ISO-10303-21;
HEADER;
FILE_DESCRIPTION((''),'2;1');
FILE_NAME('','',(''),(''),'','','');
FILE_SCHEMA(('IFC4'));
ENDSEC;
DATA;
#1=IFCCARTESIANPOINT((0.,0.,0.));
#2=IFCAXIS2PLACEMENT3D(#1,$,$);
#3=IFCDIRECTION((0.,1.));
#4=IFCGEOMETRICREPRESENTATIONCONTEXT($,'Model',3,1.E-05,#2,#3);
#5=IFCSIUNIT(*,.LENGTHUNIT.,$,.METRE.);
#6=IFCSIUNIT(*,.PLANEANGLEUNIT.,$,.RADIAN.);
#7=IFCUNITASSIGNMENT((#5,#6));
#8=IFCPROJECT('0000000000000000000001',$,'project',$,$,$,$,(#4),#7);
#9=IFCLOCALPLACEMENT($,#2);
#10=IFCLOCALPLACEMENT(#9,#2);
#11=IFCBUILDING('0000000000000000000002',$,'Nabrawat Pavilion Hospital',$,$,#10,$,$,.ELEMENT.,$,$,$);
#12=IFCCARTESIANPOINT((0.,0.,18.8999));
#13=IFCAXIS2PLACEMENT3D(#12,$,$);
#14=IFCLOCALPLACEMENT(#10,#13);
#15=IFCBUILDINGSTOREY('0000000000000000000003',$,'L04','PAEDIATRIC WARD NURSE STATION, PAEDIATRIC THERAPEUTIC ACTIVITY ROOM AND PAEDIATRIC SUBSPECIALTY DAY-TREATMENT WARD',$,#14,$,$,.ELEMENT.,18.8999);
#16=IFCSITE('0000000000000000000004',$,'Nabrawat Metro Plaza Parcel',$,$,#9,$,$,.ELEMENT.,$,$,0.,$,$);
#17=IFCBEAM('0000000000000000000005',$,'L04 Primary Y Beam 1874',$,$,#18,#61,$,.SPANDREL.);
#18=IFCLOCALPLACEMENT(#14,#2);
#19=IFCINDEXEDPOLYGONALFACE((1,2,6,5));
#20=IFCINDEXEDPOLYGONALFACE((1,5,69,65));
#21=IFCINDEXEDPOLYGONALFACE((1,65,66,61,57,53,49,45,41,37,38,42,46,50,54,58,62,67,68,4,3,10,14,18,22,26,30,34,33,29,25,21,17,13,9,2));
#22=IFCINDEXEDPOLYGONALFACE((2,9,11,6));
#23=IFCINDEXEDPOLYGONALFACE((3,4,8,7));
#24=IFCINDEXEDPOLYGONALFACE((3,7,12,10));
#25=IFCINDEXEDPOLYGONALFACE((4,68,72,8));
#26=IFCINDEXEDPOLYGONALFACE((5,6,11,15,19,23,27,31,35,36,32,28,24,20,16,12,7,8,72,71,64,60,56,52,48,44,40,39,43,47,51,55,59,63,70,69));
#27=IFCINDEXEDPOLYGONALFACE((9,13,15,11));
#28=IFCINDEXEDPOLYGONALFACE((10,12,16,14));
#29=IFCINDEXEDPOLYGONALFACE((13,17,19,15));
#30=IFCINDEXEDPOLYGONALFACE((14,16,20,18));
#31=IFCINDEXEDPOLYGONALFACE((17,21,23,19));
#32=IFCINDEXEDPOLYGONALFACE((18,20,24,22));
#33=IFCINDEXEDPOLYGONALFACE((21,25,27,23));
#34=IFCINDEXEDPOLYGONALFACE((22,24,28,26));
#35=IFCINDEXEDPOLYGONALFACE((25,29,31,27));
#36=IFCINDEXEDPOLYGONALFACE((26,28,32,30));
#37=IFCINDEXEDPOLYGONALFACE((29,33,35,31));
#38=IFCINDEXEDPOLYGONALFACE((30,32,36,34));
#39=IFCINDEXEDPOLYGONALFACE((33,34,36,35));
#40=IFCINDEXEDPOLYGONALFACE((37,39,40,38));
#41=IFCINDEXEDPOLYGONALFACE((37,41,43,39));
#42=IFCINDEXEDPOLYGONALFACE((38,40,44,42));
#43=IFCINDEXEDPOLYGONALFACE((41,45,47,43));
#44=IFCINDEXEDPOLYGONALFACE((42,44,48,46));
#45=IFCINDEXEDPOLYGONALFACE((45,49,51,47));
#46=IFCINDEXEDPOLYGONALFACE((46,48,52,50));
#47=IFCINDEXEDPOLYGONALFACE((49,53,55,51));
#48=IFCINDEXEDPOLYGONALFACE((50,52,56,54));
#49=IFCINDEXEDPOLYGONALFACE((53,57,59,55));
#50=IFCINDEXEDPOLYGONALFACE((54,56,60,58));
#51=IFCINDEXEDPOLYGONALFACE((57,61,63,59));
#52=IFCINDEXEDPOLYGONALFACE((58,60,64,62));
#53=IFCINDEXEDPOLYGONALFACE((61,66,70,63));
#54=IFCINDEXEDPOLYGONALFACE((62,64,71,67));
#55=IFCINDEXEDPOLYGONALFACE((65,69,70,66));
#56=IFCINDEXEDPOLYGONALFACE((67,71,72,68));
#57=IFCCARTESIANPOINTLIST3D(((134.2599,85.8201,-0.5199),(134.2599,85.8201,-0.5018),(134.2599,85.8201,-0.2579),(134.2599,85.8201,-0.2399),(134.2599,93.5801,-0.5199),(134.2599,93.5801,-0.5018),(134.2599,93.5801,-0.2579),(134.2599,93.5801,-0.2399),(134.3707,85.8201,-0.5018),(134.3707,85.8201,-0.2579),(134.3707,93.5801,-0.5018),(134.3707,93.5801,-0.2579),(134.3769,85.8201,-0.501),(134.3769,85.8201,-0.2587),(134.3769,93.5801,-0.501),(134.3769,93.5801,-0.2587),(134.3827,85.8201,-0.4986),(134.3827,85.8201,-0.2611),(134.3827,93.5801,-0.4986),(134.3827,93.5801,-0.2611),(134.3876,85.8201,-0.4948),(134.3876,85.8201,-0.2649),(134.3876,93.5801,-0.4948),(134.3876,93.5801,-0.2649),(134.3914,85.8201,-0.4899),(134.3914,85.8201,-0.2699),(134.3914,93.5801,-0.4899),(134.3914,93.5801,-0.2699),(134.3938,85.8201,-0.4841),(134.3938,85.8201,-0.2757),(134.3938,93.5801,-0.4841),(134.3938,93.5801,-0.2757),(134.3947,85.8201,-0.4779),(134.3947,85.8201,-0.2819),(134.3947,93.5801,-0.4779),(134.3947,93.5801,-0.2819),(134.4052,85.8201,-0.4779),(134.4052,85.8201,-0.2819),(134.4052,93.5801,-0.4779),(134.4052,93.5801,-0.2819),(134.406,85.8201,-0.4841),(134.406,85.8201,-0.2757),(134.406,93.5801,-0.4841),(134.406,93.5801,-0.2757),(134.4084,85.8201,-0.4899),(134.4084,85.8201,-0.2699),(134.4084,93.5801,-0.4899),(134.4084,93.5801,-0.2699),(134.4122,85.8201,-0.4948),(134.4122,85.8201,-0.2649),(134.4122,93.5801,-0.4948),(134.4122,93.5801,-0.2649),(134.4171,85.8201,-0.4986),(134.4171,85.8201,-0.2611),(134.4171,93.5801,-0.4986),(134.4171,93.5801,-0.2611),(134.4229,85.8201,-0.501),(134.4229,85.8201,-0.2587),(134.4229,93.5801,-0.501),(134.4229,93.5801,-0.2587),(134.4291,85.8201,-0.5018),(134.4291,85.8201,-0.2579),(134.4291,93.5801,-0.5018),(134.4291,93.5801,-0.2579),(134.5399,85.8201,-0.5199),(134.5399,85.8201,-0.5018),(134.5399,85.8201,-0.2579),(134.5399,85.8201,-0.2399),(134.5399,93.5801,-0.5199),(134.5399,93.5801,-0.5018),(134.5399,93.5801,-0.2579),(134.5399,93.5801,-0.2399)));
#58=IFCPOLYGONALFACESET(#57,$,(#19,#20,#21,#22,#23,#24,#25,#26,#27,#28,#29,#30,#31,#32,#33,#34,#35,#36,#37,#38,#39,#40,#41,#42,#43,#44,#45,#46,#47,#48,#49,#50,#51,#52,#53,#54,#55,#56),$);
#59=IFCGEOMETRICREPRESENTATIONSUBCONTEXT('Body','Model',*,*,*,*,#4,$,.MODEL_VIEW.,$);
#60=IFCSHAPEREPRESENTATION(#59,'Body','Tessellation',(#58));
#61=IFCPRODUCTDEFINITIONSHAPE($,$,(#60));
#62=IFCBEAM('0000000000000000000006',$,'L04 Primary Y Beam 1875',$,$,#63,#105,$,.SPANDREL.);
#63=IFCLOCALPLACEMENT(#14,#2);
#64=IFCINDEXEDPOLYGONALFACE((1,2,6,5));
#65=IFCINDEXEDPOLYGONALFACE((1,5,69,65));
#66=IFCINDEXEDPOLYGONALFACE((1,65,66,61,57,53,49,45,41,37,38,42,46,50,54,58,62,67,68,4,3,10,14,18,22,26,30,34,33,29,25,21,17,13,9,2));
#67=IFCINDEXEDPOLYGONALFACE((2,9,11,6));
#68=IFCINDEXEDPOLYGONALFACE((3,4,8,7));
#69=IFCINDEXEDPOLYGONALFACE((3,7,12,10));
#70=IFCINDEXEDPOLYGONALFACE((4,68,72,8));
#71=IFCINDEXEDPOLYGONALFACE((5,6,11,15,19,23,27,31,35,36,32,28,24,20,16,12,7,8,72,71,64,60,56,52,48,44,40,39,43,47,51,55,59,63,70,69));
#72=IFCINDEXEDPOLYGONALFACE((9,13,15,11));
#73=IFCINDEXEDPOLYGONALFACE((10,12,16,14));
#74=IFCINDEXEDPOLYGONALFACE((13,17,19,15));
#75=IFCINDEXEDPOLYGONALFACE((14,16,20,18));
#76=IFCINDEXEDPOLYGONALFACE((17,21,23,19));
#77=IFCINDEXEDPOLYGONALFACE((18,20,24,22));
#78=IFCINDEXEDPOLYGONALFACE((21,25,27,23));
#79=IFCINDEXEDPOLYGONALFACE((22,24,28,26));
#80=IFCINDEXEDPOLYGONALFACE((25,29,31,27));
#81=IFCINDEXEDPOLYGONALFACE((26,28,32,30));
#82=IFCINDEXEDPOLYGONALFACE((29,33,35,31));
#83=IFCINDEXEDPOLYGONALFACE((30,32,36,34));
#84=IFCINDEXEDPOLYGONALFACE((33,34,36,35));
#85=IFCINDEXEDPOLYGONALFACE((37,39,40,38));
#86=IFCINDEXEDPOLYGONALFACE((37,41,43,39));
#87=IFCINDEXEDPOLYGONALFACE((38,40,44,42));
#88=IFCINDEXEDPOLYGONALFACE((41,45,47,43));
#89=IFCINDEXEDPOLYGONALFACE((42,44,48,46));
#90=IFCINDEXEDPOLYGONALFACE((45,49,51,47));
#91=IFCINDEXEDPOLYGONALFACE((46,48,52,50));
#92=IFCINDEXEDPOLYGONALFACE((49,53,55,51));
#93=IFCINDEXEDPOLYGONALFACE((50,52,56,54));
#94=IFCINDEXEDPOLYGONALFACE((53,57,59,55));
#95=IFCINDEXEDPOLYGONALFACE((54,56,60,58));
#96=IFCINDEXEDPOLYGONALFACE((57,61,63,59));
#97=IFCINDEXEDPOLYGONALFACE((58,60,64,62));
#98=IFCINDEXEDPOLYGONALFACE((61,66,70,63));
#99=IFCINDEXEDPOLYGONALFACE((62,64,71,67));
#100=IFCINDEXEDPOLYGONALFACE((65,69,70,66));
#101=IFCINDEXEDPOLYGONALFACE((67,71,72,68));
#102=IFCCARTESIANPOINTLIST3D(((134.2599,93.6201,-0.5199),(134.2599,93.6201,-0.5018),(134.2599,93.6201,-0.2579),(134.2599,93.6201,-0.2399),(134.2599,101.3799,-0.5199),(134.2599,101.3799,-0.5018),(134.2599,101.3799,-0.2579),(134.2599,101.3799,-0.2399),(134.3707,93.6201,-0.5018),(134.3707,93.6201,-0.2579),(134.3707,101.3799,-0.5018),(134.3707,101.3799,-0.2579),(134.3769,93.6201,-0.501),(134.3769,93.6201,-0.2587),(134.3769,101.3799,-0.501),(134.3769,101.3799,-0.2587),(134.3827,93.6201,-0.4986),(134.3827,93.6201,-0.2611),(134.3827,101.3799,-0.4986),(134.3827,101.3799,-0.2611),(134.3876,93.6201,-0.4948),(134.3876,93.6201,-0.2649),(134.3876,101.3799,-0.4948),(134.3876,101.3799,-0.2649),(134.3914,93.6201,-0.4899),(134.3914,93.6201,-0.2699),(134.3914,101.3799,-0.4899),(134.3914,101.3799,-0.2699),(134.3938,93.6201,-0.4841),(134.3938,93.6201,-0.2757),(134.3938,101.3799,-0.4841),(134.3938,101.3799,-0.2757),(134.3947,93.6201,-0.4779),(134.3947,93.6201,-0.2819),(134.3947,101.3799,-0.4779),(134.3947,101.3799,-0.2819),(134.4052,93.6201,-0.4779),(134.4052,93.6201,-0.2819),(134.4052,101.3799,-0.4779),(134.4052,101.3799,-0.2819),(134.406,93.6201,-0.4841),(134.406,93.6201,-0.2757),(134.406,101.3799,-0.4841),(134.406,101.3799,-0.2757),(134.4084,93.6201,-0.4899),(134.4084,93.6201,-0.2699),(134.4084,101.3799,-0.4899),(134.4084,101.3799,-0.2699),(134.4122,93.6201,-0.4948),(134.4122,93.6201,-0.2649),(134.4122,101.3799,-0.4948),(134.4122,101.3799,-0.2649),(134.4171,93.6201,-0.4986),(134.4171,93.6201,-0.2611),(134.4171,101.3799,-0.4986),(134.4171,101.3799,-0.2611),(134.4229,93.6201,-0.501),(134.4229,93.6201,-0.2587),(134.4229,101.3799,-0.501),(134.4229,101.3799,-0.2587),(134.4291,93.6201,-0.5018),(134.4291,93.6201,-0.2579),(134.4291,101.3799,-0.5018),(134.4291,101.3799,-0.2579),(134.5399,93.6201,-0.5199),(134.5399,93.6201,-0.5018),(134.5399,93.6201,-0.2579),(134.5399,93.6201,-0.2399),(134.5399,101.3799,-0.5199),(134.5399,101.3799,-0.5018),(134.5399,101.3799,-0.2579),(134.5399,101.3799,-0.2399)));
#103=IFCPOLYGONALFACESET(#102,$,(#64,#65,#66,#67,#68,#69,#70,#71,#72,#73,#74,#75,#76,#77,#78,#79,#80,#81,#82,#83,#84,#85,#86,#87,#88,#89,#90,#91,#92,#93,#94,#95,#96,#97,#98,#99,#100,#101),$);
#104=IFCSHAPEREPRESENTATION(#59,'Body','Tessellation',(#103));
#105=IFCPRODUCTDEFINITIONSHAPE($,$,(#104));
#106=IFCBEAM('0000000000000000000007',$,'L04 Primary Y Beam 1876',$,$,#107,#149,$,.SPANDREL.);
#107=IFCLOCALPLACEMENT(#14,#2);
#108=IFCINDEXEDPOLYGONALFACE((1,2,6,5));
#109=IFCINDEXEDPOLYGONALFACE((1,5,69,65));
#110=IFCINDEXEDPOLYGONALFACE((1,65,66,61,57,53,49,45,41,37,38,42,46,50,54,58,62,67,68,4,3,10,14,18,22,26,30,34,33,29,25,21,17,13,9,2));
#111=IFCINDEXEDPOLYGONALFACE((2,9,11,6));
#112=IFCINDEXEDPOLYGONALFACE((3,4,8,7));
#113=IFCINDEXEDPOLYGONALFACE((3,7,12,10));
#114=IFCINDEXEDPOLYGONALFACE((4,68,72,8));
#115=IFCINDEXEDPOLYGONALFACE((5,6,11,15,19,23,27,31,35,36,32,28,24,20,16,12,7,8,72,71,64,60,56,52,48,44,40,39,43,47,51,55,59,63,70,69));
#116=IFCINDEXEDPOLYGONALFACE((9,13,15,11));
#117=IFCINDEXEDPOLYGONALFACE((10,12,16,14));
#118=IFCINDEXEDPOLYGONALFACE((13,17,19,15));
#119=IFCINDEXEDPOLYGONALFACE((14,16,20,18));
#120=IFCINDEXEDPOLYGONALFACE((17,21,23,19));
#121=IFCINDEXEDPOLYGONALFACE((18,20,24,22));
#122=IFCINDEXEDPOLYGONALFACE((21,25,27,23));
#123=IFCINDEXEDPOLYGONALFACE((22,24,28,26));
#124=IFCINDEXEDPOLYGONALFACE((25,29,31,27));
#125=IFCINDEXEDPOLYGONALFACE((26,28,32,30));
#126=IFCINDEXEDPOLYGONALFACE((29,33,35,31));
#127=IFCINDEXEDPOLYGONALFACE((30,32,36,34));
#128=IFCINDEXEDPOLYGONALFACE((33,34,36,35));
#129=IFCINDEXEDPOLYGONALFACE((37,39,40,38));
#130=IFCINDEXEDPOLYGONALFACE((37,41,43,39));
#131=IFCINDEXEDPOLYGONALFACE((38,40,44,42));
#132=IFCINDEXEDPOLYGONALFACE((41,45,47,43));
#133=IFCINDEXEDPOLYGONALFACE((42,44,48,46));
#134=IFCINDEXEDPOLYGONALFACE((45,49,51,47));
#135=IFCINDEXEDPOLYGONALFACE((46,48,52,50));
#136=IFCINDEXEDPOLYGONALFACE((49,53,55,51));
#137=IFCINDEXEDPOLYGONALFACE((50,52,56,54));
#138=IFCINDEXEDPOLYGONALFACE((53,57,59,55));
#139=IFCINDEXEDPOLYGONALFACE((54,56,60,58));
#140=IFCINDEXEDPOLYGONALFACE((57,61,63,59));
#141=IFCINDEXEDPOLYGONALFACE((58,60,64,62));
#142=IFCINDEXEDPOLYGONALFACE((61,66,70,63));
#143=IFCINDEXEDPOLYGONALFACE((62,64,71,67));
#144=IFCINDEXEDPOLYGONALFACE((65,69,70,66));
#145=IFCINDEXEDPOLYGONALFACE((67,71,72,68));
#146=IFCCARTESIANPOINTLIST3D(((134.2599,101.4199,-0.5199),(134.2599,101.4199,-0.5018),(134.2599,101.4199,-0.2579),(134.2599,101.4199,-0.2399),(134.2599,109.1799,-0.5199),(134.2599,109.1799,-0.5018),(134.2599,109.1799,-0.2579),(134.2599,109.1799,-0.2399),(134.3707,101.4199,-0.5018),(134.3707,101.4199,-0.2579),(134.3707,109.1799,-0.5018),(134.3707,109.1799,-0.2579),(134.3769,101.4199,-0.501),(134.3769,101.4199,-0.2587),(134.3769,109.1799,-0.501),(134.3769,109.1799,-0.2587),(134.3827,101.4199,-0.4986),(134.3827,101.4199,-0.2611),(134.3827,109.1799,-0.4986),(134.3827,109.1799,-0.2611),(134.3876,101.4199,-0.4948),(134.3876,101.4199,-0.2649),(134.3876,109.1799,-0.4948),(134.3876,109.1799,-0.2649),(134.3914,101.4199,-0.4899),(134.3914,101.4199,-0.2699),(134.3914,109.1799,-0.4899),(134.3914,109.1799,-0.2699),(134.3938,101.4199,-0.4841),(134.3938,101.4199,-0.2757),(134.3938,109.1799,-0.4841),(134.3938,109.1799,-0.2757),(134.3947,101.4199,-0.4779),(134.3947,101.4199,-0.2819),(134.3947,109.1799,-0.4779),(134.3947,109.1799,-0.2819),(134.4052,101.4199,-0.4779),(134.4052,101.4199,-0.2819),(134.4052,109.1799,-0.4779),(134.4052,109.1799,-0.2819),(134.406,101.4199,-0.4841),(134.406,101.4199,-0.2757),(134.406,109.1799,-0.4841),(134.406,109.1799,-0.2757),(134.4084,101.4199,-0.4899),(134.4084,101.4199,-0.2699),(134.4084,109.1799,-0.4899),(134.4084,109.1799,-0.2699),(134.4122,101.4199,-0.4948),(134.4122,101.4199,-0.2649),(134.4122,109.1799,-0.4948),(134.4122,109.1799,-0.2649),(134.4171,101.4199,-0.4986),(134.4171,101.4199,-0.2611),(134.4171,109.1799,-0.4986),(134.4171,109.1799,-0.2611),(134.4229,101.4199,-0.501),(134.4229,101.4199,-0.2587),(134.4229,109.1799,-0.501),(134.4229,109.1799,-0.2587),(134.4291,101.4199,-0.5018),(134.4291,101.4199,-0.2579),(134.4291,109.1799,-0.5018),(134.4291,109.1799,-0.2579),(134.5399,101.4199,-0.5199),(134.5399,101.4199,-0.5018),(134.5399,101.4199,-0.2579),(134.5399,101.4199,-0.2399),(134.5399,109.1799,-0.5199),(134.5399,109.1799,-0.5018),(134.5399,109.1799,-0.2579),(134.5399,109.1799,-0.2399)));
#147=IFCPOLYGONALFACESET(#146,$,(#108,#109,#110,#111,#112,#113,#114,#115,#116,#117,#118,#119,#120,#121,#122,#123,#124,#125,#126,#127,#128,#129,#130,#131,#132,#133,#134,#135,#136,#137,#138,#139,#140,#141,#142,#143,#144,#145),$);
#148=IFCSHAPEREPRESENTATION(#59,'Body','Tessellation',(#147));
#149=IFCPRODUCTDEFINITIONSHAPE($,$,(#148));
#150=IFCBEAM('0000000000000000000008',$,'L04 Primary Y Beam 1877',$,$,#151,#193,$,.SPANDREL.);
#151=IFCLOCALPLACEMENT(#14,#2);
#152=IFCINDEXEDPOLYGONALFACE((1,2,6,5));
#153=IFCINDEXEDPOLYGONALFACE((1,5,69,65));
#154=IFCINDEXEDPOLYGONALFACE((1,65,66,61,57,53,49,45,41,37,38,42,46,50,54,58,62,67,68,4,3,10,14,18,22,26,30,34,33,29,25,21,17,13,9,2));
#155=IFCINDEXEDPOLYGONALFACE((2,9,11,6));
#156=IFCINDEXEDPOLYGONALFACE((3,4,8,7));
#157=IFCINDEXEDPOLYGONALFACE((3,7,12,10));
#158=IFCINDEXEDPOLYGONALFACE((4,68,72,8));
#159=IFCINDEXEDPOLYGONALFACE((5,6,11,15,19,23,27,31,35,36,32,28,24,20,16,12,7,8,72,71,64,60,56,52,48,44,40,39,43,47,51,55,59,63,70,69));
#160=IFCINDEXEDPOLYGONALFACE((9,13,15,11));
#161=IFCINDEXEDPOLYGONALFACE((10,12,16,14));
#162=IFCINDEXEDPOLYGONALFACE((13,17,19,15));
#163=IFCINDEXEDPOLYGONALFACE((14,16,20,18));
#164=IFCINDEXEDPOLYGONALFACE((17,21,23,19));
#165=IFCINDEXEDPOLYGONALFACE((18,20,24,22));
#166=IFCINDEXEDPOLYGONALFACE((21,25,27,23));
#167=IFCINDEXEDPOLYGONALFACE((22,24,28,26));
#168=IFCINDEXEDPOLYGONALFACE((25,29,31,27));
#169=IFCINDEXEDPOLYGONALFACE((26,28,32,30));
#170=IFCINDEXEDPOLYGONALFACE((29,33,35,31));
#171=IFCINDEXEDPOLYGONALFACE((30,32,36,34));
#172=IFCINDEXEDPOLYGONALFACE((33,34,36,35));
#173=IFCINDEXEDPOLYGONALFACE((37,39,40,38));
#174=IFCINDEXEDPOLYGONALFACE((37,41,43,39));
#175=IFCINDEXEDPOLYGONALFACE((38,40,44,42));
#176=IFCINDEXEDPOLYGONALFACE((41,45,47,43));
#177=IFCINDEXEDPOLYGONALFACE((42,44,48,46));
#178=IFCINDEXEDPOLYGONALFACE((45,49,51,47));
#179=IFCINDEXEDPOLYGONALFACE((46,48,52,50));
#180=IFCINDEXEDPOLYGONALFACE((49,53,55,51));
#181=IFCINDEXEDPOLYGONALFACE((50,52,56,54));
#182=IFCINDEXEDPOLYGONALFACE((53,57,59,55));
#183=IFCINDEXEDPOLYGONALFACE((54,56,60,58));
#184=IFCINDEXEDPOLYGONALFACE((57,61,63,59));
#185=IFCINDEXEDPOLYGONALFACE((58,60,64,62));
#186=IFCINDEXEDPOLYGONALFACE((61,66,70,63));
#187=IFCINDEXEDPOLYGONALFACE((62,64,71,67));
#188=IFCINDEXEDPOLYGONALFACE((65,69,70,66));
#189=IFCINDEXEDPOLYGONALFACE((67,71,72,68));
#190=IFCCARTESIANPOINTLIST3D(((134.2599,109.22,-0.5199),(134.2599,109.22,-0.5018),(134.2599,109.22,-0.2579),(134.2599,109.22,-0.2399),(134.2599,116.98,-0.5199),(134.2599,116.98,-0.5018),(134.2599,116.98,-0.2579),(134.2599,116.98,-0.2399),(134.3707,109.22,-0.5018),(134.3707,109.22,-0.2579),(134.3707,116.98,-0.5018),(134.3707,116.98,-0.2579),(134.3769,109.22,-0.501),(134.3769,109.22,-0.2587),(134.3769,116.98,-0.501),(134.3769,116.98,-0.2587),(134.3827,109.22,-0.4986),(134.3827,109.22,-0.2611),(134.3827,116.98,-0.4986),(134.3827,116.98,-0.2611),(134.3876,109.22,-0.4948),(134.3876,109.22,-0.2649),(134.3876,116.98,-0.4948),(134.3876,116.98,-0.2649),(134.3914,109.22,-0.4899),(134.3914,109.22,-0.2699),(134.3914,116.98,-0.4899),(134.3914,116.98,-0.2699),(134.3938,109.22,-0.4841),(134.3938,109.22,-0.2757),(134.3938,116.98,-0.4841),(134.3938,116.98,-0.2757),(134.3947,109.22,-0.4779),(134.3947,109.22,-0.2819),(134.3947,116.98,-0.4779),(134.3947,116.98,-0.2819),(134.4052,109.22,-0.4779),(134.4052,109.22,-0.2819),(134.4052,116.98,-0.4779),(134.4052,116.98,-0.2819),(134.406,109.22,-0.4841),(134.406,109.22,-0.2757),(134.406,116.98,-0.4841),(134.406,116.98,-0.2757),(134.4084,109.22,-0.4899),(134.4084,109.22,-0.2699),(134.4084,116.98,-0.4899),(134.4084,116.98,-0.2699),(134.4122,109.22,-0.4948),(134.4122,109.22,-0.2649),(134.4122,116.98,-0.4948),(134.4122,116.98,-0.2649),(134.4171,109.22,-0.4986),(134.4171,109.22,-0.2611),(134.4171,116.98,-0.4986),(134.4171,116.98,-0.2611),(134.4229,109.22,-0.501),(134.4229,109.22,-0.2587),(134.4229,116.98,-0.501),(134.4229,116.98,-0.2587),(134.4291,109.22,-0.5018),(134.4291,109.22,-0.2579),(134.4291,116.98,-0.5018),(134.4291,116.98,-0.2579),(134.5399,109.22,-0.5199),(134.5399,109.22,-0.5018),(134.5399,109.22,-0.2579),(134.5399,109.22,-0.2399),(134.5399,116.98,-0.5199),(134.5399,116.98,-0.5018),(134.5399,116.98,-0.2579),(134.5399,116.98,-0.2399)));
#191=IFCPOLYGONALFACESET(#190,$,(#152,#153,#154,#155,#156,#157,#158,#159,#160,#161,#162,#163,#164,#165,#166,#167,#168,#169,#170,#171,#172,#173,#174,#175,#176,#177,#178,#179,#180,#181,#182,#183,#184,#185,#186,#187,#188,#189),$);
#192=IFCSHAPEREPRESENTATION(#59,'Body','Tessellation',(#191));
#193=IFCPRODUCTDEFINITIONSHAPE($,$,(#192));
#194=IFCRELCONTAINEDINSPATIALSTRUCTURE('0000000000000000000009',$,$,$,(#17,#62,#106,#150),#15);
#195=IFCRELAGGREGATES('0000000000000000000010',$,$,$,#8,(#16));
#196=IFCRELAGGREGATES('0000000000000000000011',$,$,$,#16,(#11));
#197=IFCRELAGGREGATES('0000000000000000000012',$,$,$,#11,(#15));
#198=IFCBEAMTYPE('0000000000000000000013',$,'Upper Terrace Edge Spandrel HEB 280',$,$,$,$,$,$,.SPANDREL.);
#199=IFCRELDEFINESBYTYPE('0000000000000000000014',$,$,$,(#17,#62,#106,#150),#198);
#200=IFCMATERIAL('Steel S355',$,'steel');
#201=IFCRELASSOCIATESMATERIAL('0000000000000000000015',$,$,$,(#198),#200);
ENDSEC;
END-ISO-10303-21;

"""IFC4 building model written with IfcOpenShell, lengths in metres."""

from ifc_helpers import new_model, si_unit, direction, frame, origin, origin_2d, place, context, subcontext, project, spatial, i_section, extrude, material, material_profile, profile_set, type_object, element, save


model = new_model("IFC4")

# Units and contexts
model_context = context("Model", 3, precision=1e-05, world=origin(), true_north=direction((0.0, 1.0)))
body_context = subcontext(model_context, "Body", "Model", "MODEL_VIEW")
ifc_project = project(units=[si_unit("LENGTHUNIT", "METRE"), si_unit("PLANEANGLEUNIT", "RADIAN")], contexts=[model_context])

# Site, building, storey
site_placement = place(None, origin())
site = spatial("IfcSite", under=ifc_project, at=site_placement, Name="Nabrawat Metro Plaza Parcel", CompositionType="ELEMENT", RefElevation=0.0)
building_placement = place(site_placement, origin())
building = spatial("IfcBuilding", under=site, at=building_placement, Name="Nabrawat Pavilion Hospital", CompositionType="ELEMENT")
storey_placement = place(building_placement, frame((0.0, 0.0, 18.8999)))
storey = spatial("IfcBuildingStorey", under=building, at=storey_placement, Name="L04", Description="PAEDIATRIC WARD NURSE STATION, PAEDIATRIC THERAPEUTIC ACTIVITY ROOM AND PAEDIATRIC SUBSPECIALTY DAY-TREATMENT WARD", CompositionType="ELEMENT", Elevation=18.8999)

# Shared definitions
ifc_material_1 = material(Name="Steel S355", Category="steel")

# Beams
ifc_material_profile_1 = material_profile(ifc_material_1, i_section(OverallWidth=0.28, OverallDepth=0.28, WebThickness=0.0105, FlangeThickness=0.0181, FilletRadius=0.0239, at=origin_2d()), Name="HEB 280")
ifc_profile_set_1 = profile_set([ifc_material_profile_1], Name="Steel S355")
beam_type_1 = type_object("IfcBeamType", Name="Upper Terrace Edge Spandrel HEB 280", PredefinedType="SPANDREL", material=ifc_profile_set_1)
for number, where, z_axis, x_axis, name in (
    (1, (134.3999, 85.8201, -0.3799), (0.0, 1.0, 0.0), (-1.0, 0.0, 0.0), "L04 Primary Y Beam 1874"),
):
    element("IfcBeam", number, at=place(storey_placement, frame(where, z_axis=z_axis, x_axis=x_axis)), inside=storey, type_object=beam_type_1, Name=name, PredefinedType="SPANDREL", context=body_context, shape_type="SweptSolid", body=[
        extrude(i_section(OverallWidth=0.28, OverallDepth=0.28, WebThickness=0.0105, FlangeThickness=0.0181, FilletRadius=0.0239, at=origin_2d()), origin(), (0.0, 0.0, 1.0), 7.76),
    ])
beam_1_placement = place(storey_placement, frame((134.3999, 93.6201, -0.3799), z_axis=(0.0, 1.0, 0.0), x_axis=(-1.0, 0.0, 0.0)))
element("IfcBeam", 2, at=beam_1_placement, inside=storey, type_object=beam_type_1, Name="L04 Primary Y Beam 1875", PredefinedType="SPANDREL", context=body_context, shape_type="SweptSolid", body=[
    extrude(i_section(OverallWidth=0.28, OverallDepth=0.28, WebThickness=0.0105, FlangeThickness=0.0181, FilletRadius=0.0239, at=origin_2d()), origin(), (0.0, 0.0, 1.0), 7.7598),
])
for number, where, z_axis, x_axis, name in (
    (3, (134.3999, 101.4199, -0.3799), (0.0, 1.0, 0.0), (-1.0, 0.0, 0.0), "L04 Primary Y Beam 1876"),
    (4, (134.3999, 109.22, -0.3799), (0.0, 1.0, 0.0), (-1.0, 0.0, 0.0), "L04 Primary Y Beam 1877"),
):
    element("IfcBeam", number, at=place(storey_placement, frame(where, z_axis=z_axis, x_axis=x_axis)), inside=storey, type_object=beam_type_1, Name=name, PredefinedType="SPANDREL", context=body_context, shape_type="SweptSolid", body=[
        extrude(i_section(OverallWidth=0.28, OverallDepth=0.28, WebThickness=0.0105, FlangeThickness=0.0181, FilletRadius=0.0239, at=origin_2d()), origin(), (0.0, 0.0, 1.0), 7.76),
    ])

save(model, "model.ifc")
